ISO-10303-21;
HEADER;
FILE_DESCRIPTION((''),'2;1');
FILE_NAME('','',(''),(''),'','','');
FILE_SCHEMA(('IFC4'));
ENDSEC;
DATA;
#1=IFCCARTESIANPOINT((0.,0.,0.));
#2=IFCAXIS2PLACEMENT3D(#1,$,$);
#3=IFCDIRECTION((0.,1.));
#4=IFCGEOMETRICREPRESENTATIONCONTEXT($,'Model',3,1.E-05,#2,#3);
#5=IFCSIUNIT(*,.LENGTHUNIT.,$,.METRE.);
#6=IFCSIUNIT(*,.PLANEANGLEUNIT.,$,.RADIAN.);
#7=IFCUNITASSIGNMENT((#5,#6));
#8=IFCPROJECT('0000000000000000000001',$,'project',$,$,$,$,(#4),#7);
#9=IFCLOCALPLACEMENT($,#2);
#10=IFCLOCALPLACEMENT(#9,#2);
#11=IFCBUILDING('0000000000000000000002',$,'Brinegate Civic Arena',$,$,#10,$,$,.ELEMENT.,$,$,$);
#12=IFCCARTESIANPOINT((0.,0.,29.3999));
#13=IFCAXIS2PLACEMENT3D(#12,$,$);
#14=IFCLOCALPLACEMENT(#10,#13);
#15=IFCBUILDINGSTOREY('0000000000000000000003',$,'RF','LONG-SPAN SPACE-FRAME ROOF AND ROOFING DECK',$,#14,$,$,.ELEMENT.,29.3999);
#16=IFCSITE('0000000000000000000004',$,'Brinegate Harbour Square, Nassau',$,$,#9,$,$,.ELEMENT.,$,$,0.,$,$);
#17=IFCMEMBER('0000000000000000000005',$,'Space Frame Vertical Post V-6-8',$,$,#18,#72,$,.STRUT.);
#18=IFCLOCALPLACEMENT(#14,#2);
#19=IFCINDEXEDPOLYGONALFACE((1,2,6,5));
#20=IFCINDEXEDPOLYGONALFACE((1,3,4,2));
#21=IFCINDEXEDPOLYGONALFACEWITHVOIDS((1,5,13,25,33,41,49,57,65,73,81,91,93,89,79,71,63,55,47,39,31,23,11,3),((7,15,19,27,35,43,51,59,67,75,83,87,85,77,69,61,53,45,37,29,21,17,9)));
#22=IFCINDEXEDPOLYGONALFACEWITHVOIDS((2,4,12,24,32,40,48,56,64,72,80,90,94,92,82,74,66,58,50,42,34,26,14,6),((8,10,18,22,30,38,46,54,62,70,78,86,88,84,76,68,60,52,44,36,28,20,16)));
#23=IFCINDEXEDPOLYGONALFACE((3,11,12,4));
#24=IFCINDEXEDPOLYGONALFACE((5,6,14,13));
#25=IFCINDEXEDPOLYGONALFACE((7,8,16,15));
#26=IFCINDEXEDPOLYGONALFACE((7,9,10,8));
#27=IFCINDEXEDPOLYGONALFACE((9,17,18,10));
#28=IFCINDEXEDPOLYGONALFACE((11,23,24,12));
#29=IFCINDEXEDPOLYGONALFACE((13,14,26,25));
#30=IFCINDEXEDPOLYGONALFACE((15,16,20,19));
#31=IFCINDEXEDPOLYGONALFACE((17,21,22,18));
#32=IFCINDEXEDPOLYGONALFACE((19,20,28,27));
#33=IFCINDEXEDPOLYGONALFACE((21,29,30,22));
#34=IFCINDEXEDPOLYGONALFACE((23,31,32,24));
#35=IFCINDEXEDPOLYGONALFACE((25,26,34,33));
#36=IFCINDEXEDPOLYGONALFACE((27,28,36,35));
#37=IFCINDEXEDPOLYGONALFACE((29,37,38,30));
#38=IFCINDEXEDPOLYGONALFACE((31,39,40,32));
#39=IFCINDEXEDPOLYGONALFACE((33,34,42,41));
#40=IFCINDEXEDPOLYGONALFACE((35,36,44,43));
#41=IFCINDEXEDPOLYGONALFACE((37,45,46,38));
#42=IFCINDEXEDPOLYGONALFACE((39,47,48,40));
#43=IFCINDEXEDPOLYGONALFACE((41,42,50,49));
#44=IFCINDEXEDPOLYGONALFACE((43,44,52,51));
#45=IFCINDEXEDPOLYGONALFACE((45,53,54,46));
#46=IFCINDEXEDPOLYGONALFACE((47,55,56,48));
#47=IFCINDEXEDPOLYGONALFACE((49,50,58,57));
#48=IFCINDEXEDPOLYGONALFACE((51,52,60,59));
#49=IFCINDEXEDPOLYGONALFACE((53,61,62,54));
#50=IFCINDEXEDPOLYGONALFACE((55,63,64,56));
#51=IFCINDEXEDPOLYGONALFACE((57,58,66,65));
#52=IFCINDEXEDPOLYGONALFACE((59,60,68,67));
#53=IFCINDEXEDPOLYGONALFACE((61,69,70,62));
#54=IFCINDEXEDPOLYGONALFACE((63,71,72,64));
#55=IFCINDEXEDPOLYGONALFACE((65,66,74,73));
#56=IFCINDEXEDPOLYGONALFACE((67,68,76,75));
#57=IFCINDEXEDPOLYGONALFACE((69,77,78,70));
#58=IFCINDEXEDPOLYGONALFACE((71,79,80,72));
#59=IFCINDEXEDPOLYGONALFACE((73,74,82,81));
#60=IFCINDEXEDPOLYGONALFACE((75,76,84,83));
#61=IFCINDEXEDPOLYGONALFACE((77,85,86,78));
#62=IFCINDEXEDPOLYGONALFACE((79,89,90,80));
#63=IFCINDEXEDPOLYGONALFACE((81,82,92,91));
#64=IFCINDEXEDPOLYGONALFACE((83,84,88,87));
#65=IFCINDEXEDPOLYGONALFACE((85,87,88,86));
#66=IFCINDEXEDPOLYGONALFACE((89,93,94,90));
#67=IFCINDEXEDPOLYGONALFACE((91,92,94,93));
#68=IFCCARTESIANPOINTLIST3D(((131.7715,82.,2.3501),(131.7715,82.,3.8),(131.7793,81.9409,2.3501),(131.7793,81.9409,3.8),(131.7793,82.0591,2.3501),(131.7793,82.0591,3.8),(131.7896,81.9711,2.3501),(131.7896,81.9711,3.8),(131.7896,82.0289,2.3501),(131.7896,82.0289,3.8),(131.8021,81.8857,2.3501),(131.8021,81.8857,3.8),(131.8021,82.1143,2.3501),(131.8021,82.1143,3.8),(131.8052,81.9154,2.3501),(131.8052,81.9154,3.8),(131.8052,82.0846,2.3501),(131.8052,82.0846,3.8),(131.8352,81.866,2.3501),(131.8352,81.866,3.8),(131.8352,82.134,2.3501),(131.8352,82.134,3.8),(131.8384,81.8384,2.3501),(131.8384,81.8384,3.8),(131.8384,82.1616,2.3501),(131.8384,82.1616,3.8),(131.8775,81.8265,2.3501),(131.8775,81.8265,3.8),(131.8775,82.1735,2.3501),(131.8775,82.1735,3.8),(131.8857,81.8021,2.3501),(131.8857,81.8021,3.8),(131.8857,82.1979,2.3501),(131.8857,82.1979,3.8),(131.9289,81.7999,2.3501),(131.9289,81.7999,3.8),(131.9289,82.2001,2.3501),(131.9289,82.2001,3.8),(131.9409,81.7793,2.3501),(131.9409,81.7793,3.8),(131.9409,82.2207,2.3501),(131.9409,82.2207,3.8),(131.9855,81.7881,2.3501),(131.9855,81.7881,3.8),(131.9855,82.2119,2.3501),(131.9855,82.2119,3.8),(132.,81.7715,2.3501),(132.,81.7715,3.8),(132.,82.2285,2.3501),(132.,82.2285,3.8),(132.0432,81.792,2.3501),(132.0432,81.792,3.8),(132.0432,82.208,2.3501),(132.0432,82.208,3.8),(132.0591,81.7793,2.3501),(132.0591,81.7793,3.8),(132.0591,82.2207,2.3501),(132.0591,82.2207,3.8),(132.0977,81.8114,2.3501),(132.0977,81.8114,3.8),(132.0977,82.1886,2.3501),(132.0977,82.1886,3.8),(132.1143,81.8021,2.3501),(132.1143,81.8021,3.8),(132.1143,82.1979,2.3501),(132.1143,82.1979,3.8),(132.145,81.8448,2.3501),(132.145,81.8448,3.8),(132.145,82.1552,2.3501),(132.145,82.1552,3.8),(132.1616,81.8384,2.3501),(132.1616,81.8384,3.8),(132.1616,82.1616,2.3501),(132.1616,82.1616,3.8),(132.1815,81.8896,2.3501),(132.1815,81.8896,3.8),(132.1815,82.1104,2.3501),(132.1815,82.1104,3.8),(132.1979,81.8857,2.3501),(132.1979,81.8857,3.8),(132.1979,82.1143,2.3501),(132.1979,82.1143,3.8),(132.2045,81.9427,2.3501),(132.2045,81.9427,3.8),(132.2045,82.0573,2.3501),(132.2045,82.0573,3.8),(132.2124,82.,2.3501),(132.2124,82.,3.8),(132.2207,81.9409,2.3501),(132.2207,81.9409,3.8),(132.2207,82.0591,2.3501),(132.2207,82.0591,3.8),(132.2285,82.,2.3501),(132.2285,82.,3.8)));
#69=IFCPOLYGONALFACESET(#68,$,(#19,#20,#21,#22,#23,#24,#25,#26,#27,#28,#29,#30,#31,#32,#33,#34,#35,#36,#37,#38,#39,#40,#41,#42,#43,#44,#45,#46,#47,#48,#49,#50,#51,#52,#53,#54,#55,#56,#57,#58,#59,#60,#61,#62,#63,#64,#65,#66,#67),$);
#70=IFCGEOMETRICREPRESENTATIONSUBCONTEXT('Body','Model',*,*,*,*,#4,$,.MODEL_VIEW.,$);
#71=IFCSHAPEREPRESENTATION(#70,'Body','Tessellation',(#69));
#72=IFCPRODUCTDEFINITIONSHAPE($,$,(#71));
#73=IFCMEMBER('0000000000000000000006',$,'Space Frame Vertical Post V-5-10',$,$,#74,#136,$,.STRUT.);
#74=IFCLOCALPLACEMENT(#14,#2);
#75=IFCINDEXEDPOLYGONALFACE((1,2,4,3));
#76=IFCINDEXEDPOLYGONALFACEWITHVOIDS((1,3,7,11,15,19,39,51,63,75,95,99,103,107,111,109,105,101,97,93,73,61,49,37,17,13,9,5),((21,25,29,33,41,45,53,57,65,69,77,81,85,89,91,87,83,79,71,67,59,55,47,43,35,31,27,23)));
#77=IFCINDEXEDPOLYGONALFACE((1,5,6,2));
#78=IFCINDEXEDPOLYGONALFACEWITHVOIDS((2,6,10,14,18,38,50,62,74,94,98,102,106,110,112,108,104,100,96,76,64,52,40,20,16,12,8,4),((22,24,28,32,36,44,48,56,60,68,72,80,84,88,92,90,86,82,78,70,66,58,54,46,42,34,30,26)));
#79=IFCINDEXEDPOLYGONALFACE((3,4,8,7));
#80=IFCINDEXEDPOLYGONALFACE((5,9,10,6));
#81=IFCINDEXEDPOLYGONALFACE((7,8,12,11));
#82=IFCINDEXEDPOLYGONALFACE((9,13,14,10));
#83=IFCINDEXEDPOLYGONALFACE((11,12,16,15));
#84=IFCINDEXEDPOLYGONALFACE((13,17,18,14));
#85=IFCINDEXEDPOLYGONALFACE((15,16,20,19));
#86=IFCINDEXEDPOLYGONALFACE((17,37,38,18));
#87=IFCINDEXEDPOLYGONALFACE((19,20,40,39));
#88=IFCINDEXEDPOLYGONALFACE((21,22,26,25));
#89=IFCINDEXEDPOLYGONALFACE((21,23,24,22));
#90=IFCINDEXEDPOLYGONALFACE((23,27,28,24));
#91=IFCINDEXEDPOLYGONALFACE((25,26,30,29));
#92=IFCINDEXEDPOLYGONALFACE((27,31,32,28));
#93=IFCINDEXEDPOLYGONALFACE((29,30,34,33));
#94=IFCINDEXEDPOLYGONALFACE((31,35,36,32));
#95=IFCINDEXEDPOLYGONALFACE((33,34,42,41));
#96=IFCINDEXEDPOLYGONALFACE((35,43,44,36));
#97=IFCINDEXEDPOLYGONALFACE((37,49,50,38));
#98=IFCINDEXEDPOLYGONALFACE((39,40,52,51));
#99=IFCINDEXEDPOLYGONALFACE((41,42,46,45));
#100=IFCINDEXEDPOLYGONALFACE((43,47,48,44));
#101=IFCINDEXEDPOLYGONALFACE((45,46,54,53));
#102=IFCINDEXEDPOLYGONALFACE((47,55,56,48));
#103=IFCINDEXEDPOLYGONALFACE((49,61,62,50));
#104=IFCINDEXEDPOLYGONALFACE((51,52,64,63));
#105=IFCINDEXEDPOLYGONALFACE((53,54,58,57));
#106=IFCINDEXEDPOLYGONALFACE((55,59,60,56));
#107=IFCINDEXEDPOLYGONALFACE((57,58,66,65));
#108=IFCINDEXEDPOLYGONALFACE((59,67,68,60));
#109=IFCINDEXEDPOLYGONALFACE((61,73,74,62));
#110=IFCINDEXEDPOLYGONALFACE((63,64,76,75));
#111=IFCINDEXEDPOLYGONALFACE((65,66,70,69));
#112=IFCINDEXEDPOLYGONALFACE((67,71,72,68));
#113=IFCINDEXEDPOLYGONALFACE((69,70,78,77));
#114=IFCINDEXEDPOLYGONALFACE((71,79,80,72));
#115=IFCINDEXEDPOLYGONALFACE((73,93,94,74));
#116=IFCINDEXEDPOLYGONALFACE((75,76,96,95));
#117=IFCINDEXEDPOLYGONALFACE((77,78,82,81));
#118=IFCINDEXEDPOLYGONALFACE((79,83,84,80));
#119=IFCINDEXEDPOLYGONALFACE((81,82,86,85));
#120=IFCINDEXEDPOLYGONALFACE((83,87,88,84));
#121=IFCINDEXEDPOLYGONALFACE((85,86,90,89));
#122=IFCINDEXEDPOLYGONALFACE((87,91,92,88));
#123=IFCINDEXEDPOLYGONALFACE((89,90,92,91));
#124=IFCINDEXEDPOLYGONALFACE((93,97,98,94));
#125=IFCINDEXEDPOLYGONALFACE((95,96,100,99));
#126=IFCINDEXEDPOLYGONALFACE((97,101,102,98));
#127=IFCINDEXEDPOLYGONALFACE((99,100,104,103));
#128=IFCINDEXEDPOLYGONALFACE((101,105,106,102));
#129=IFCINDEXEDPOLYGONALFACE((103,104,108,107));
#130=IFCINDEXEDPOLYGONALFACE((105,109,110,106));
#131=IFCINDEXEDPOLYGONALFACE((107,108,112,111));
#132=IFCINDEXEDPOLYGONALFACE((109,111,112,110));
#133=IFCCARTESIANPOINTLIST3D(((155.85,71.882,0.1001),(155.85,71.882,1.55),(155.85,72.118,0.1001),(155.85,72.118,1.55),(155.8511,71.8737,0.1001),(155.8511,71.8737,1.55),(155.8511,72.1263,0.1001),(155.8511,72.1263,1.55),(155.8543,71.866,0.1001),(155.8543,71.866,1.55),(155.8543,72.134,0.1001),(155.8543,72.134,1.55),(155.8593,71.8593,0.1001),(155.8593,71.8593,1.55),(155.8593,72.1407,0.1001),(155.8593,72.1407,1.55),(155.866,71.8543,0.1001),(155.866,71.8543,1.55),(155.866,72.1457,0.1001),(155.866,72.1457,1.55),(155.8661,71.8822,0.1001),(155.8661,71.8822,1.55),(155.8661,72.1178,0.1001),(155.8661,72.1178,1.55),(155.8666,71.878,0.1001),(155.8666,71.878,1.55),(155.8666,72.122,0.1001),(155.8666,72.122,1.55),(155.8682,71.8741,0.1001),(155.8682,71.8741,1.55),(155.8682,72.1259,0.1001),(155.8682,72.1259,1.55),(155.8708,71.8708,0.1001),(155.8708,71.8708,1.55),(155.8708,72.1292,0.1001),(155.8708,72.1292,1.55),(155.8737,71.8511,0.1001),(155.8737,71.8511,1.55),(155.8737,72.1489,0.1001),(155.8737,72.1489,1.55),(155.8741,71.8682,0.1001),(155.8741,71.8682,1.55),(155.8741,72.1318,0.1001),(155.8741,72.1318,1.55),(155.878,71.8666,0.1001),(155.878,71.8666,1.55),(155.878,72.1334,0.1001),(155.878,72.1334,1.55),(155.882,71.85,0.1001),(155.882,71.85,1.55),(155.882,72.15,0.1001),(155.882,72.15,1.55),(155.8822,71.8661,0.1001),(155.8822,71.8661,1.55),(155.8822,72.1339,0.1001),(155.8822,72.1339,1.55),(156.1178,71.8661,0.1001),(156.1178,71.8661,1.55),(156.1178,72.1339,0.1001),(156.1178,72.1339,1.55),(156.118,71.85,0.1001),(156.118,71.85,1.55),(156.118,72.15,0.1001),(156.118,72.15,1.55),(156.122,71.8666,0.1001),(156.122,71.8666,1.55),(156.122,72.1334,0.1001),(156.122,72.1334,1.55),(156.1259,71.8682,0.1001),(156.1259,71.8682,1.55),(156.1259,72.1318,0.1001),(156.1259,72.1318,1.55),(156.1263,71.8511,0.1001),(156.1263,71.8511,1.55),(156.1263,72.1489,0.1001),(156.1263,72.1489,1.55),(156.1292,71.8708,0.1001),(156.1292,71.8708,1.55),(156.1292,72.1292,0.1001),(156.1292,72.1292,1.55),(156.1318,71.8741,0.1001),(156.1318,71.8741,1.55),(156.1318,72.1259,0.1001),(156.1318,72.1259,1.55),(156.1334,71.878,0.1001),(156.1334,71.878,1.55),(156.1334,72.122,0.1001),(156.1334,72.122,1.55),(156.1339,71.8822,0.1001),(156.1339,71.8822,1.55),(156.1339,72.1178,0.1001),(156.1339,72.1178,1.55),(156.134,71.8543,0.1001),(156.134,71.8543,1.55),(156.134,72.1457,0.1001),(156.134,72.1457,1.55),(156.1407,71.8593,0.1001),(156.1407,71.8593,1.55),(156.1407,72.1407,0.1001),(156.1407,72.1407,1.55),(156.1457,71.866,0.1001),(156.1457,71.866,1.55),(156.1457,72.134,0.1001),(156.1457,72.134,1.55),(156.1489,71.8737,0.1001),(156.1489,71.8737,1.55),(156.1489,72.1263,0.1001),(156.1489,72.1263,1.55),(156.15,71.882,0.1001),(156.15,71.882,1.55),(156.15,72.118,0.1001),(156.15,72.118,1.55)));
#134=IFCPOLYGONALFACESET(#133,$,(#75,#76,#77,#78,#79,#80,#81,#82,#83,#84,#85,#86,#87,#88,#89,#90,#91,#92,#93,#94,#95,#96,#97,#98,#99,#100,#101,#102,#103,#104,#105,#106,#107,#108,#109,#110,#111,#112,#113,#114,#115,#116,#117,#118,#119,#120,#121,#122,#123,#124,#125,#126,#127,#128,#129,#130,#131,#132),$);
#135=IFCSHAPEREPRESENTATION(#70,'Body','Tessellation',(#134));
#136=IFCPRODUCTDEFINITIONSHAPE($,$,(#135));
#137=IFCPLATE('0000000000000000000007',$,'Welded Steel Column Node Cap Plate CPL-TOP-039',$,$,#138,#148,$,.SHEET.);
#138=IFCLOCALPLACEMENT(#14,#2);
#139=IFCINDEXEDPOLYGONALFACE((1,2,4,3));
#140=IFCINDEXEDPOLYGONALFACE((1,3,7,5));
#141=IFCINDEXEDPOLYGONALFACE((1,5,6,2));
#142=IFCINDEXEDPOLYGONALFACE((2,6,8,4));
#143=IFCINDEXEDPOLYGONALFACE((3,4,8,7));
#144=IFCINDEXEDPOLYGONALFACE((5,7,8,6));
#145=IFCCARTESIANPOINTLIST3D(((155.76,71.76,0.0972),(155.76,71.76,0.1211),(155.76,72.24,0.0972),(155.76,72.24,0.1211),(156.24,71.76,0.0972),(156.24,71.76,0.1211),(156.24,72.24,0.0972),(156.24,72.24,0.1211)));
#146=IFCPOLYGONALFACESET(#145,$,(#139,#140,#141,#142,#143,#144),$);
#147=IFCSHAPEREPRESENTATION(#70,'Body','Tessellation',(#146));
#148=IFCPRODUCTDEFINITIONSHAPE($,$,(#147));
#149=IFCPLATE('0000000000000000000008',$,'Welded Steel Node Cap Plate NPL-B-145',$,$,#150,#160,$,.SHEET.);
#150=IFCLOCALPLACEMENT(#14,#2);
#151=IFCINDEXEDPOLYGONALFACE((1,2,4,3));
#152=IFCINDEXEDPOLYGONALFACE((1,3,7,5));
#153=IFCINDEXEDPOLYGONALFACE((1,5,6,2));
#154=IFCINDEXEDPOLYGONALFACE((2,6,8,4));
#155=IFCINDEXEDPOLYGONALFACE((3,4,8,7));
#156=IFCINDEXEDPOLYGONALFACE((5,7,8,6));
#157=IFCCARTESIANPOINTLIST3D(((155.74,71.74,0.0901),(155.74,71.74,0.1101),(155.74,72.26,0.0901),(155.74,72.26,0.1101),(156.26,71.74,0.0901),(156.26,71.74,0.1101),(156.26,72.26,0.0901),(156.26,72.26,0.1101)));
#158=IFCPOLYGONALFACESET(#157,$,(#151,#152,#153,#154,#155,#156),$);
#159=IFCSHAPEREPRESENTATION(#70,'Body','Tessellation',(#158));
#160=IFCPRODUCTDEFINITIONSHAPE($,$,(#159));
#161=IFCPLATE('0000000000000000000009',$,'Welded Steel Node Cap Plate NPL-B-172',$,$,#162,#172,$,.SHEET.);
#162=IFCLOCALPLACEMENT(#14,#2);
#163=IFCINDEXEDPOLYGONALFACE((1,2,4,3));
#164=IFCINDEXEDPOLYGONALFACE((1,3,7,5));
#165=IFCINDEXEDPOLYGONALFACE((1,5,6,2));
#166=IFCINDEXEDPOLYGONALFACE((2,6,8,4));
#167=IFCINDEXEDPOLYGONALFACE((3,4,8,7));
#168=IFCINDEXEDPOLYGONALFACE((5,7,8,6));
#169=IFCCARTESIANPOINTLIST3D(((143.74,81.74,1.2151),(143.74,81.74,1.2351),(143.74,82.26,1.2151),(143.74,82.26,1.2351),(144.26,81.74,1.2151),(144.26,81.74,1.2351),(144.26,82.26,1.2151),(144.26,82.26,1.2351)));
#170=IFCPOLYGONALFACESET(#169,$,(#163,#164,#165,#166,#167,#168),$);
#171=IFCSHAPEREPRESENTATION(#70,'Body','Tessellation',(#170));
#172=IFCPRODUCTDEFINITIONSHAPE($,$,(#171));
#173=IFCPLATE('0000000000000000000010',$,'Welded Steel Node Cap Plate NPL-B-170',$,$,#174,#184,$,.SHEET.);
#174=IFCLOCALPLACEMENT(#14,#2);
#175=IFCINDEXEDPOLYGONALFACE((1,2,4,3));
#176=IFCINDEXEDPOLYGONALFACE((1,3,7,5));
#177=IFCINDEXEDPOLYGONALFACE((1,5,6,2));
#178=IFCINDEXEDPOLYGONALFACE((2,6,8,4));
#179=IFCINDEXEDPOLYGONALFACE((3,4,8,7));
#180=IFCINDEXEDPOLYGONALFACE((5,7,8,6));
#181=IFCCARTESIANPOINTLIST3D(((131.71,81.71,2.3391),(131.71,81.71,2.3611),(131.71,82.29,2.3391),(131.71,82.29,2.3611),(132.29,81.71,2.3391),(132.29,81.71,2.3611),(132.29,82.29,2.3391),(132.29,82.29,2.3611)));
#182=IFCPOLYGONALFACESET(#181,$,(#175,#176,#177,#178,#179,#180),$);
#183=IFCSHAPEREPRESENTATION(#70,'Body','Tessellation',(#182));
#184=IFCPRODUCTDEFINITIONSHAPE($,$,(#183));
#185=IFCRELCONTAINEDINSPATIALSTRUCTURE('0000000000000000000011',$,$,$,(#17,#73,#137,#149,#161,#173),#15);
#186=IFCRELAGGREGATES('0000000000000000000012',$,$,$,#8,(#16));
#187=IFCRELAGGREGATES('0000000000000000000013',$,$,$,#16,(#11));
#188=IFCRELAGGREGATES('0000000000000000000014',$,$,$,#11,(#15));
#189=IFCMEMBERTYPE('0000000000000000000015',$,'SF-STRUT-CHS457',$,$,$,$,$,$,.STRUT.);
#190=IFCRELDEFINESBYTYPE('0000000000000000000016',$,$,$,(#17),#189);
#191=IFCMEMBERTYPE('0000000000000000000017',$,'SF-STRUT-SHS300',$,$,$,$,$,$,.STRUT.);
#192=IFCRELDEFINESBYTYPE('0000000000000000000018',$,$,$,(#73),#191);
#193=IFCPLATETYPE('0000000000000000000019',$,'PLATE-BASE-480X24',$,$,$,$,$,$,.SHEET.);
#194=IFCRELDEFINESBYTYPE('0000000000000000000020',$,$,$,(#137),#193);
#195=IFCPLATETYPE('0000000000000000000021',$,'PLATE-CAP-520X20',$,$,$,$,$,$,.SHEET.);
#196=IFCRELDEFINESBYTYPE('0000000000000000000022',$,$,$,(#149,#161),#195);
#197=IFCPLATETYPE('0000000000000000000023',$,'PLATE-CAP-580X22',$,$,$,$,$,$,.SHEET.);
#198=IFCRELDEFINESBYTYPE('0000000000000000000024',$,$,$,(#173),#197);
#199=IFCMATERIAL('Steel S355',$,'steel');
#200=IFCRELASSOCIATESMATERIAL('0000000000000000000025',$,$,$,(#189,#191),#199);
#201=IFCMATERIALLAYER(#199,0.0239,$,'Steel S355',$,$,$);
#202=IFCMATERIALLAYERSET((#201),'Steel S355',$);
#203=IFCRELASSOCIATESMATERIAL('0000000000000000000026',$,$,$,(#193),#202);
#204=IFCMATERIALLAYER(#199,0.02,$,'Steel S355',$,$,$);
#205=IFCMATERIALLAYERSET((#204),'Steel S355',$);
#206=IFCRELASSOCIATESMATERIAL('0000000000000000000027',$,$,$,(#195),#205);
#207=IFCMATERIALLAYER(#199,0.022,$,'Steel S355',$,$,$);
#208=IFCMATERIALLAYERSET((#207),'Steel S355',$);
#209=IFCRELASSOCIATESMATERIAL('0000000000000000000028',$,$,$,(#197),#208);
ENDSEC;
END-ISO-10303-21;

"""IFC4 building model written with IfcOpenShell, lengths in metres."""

from ifc_helpers import new_model, si_unit, direction, frame, origin, origin_2d, place, context, subcontext, project, spatial, rectangle, hollow_rectangle, hollow_circle, extrude, material, layer, layer_set, material_profile, profile_set, type_object, element, save


model = new_model("IFC4")

# Units and contexts
model_context = context("Model", 3, precision=1e-05, world=origin(), true_north=direction((0.0, 1.0)))
body_context = subcontext(model_context, "Body", "Model", "MODEL_VIEW")
ifc_project = project(units=[si_unit("LENGTHUNIT", "METRE"), si_unit("PLANEANGLEUNIT", "RADIAN")], contexts=[model_context])

# Site, building, storey
site_placement = place(None, origin())
site = spatial("IfcSite", under=ifc_project, at=site_placement, Name="Brinegate Harbour Square, Nassau", CompositionType="ELEMENT", RefElevation=0.0)
building_placement = place(site_placement, origin())
building = spatial("IfcBuilding", under=site, at=building_placement, Name="Brinegate Civic Arena", CompositionType="ELEMENT")
storey_placement = place(building_placement, frame((0.0, 0.0, 29.3999)))
storey = spatial("IfcBuildingStorey", under=building, at=storey_placement, Name="RF", Description="LONG-SPAN SPACE-FRAME ROOF AND ROOFING DECK", CompositionType="ELEMENT", Elevation=29.3999)

# Shared definitions
ifc_material_1 = material(Name="Steel S355", Category="steel")

# Members
ifc_material_profile_1 = material_profile(ifc_material_1, hollow_circle(Radius=0.2285, WallThickness=0.0161, at=origin_2d()), Name="CHS457X16")
ifc_profile_set_1 = profile_set([ifc_material_profile_1], Name="Steel S355")
member_type_1 = type_object("IfcMemberType", Name="SF-STRUT-CHS457", PredefinedType="STRUT", material=ifc_profile_set_1)
member_1_placement = place(storey_placement, frame((132.0, 82.0, 2.3501), z_axis=(0.0, 0.0, 1.0), x_axis=(1.0, 0.0, 0.0)))
element("IfcMember", 1, at=member_1_placement, inside=storey, type_object=member_type_1, Name="Space Frame Vertical Post V-6-8", PredefinedType="STRUT", context=body_context, shape_type="SweptSolid", body=[
    extrude(hollow_circle(Radius=0.2285, WallThickness=0.0161, at=origin_2d()), origin(), (0.0, 0.0, 1.0), 1.45),
])
ifc_material_profile_2 = material_profile(ifc_material_1, hollow_rectangle(XDim=0.3, YDim=0.3, WallThickness=0.0161, InnerFilletRadius=0.0161, OuterFilletRadius=0.032, at=origin_2d()), Name="SHS300X16")
ifc_profile_set_2 = profile_set([ifc_material_profile_2], Name="Steel S355")
member_type_2 = type_object("IfcMemberType", Name="SF-STRUT-SHS300", PredefinedType="STRUT", material=ifc_profile_set_2)
member_2_placement = place(storey_placement, frame((156.0, 72.0, 0.1001), z_axis=(0.0, 0.0, 1.0), x_axis=(1.0, 0.0, 0.0)))
element("IfcMember", 2, at=member_2_placement, inside=storey, type_object=member_type_2, Name="Space Frame Vertical Post V-5-10", PredefinedType="STRUT", context=body_context, shape_type="SweptSolid", body=[
    extrude(hollow_rectangle(XDim=0.3, YDim=0.3, WallThickness=0.0161, InnerFilletRadius=0.0161, OuterFilletRadius=0.032, at=origin_2d()), origin(), (0.0, 0.0, 1.0), 1.45),
])

# Plates
ifc_layer_1 = layer(ifc_material_1, 0.0239, Name="Steel S355")
ifc_layer_set_1 = layer_set([ifc_layer_1], Name="Steel S355")
plate_type_1 = type_object("IfcPlateType", Name="PLATE-BASE-480X24", PredefinedType="SHEET", material=ifc_layer_set_1)
plate_1_placement = place(storey_placement, frame((156.0, 72.0, 0.0972), z_axis=(0.0, 0.0, 1.0), x_axis=(1.0, 0.0, 0.0)))
element("IfcPlate", 3, at=plate_1_placement, inside=storey, type_object=plate_type_1, Name="Welded Steel Column Node Cap Plate CPL-TOP-039", PredefinedType="SHEET", context=body_context, shape_type="SweptSolid", body=[
    extrude(rectangle(XDim=0.48, YDim=0.48, at=origin_2d()), origin(), (0.0, 0.0, 1.0), 0.0239),
])
ifc_layer_2 = layer(ifc_material_1, 0.02, Name="Steel S355")
ifc_layer_set_2 = layer_set([ifc_layer_2], Name="Steel S355")
plate_type_2 = type_object("IfcPlateType", Name="PLATE-CAP-520X20", PredefinedType="SHEET", material=ifc_layer_set_2)
for number, where, z_axis, x_axis, name in (
    (4, (156.0, 72.0, 0.0901), (0.0, 0.0, 1.0), (1.0, 0.0, 0.0), "Welded Steel Node Cap Plate NPL-B-145"),
    (5, (144.0, 82.0, 1.2151), (0.0, 0.0, 1.0), (1.0, 0.0, 0.0), "Welded Steel Node Cap Plate NPL-B-172"),
):
    element("IfcPlate", number, at=place(storey_placement, frame(where, z_axis=z_axis, x_axis=x_axis)), inside=storey, type_object=plate_type_2, Name=name, PredefinedType="SHEET", context=body_context, shape_type="SweptSolid", body=[
        extrude(rectangle(XDim=0.52, YDim=0.52, at=origin_2d()), origin(), (0.0, 0.0, 1.0), 0.02),
    ])
ifc_layer_3 = layer(ifc_material_1, 0.022, Name="Steel S355")
ifc_layer_set_3 = layer_set([ifc_layer_3], Name="Steel S355")
plate_type_3 = type_object("IfcPlateType", Name="PLATE-CAP-580X22", PredefinedType="SHEET", material=ifc_layer_set_3)
plate_2_placement = place(storey_placement, frame((132.0, 82.0, 2.3391), z_axis=(0.0, 0.0, 1.0), x_axis=(1.0, 0.0, 0.0)))
element("IfcPlate", 6, at=plate_2_placement, inside=storey, type_object=plate_type_3, Name="Welded Steel Node Cap Plate NPL-B-170", PredefinedType="SHEET", context=body_context, shape_type="SweptSolid", body=[
    extrude(rectangle(XDim=0.5801, YDim=0.5801, at=origin_2d()), origin(), (0.0, 0.0, 1.0), 0.022),
])

save(model, "model.ifc")
